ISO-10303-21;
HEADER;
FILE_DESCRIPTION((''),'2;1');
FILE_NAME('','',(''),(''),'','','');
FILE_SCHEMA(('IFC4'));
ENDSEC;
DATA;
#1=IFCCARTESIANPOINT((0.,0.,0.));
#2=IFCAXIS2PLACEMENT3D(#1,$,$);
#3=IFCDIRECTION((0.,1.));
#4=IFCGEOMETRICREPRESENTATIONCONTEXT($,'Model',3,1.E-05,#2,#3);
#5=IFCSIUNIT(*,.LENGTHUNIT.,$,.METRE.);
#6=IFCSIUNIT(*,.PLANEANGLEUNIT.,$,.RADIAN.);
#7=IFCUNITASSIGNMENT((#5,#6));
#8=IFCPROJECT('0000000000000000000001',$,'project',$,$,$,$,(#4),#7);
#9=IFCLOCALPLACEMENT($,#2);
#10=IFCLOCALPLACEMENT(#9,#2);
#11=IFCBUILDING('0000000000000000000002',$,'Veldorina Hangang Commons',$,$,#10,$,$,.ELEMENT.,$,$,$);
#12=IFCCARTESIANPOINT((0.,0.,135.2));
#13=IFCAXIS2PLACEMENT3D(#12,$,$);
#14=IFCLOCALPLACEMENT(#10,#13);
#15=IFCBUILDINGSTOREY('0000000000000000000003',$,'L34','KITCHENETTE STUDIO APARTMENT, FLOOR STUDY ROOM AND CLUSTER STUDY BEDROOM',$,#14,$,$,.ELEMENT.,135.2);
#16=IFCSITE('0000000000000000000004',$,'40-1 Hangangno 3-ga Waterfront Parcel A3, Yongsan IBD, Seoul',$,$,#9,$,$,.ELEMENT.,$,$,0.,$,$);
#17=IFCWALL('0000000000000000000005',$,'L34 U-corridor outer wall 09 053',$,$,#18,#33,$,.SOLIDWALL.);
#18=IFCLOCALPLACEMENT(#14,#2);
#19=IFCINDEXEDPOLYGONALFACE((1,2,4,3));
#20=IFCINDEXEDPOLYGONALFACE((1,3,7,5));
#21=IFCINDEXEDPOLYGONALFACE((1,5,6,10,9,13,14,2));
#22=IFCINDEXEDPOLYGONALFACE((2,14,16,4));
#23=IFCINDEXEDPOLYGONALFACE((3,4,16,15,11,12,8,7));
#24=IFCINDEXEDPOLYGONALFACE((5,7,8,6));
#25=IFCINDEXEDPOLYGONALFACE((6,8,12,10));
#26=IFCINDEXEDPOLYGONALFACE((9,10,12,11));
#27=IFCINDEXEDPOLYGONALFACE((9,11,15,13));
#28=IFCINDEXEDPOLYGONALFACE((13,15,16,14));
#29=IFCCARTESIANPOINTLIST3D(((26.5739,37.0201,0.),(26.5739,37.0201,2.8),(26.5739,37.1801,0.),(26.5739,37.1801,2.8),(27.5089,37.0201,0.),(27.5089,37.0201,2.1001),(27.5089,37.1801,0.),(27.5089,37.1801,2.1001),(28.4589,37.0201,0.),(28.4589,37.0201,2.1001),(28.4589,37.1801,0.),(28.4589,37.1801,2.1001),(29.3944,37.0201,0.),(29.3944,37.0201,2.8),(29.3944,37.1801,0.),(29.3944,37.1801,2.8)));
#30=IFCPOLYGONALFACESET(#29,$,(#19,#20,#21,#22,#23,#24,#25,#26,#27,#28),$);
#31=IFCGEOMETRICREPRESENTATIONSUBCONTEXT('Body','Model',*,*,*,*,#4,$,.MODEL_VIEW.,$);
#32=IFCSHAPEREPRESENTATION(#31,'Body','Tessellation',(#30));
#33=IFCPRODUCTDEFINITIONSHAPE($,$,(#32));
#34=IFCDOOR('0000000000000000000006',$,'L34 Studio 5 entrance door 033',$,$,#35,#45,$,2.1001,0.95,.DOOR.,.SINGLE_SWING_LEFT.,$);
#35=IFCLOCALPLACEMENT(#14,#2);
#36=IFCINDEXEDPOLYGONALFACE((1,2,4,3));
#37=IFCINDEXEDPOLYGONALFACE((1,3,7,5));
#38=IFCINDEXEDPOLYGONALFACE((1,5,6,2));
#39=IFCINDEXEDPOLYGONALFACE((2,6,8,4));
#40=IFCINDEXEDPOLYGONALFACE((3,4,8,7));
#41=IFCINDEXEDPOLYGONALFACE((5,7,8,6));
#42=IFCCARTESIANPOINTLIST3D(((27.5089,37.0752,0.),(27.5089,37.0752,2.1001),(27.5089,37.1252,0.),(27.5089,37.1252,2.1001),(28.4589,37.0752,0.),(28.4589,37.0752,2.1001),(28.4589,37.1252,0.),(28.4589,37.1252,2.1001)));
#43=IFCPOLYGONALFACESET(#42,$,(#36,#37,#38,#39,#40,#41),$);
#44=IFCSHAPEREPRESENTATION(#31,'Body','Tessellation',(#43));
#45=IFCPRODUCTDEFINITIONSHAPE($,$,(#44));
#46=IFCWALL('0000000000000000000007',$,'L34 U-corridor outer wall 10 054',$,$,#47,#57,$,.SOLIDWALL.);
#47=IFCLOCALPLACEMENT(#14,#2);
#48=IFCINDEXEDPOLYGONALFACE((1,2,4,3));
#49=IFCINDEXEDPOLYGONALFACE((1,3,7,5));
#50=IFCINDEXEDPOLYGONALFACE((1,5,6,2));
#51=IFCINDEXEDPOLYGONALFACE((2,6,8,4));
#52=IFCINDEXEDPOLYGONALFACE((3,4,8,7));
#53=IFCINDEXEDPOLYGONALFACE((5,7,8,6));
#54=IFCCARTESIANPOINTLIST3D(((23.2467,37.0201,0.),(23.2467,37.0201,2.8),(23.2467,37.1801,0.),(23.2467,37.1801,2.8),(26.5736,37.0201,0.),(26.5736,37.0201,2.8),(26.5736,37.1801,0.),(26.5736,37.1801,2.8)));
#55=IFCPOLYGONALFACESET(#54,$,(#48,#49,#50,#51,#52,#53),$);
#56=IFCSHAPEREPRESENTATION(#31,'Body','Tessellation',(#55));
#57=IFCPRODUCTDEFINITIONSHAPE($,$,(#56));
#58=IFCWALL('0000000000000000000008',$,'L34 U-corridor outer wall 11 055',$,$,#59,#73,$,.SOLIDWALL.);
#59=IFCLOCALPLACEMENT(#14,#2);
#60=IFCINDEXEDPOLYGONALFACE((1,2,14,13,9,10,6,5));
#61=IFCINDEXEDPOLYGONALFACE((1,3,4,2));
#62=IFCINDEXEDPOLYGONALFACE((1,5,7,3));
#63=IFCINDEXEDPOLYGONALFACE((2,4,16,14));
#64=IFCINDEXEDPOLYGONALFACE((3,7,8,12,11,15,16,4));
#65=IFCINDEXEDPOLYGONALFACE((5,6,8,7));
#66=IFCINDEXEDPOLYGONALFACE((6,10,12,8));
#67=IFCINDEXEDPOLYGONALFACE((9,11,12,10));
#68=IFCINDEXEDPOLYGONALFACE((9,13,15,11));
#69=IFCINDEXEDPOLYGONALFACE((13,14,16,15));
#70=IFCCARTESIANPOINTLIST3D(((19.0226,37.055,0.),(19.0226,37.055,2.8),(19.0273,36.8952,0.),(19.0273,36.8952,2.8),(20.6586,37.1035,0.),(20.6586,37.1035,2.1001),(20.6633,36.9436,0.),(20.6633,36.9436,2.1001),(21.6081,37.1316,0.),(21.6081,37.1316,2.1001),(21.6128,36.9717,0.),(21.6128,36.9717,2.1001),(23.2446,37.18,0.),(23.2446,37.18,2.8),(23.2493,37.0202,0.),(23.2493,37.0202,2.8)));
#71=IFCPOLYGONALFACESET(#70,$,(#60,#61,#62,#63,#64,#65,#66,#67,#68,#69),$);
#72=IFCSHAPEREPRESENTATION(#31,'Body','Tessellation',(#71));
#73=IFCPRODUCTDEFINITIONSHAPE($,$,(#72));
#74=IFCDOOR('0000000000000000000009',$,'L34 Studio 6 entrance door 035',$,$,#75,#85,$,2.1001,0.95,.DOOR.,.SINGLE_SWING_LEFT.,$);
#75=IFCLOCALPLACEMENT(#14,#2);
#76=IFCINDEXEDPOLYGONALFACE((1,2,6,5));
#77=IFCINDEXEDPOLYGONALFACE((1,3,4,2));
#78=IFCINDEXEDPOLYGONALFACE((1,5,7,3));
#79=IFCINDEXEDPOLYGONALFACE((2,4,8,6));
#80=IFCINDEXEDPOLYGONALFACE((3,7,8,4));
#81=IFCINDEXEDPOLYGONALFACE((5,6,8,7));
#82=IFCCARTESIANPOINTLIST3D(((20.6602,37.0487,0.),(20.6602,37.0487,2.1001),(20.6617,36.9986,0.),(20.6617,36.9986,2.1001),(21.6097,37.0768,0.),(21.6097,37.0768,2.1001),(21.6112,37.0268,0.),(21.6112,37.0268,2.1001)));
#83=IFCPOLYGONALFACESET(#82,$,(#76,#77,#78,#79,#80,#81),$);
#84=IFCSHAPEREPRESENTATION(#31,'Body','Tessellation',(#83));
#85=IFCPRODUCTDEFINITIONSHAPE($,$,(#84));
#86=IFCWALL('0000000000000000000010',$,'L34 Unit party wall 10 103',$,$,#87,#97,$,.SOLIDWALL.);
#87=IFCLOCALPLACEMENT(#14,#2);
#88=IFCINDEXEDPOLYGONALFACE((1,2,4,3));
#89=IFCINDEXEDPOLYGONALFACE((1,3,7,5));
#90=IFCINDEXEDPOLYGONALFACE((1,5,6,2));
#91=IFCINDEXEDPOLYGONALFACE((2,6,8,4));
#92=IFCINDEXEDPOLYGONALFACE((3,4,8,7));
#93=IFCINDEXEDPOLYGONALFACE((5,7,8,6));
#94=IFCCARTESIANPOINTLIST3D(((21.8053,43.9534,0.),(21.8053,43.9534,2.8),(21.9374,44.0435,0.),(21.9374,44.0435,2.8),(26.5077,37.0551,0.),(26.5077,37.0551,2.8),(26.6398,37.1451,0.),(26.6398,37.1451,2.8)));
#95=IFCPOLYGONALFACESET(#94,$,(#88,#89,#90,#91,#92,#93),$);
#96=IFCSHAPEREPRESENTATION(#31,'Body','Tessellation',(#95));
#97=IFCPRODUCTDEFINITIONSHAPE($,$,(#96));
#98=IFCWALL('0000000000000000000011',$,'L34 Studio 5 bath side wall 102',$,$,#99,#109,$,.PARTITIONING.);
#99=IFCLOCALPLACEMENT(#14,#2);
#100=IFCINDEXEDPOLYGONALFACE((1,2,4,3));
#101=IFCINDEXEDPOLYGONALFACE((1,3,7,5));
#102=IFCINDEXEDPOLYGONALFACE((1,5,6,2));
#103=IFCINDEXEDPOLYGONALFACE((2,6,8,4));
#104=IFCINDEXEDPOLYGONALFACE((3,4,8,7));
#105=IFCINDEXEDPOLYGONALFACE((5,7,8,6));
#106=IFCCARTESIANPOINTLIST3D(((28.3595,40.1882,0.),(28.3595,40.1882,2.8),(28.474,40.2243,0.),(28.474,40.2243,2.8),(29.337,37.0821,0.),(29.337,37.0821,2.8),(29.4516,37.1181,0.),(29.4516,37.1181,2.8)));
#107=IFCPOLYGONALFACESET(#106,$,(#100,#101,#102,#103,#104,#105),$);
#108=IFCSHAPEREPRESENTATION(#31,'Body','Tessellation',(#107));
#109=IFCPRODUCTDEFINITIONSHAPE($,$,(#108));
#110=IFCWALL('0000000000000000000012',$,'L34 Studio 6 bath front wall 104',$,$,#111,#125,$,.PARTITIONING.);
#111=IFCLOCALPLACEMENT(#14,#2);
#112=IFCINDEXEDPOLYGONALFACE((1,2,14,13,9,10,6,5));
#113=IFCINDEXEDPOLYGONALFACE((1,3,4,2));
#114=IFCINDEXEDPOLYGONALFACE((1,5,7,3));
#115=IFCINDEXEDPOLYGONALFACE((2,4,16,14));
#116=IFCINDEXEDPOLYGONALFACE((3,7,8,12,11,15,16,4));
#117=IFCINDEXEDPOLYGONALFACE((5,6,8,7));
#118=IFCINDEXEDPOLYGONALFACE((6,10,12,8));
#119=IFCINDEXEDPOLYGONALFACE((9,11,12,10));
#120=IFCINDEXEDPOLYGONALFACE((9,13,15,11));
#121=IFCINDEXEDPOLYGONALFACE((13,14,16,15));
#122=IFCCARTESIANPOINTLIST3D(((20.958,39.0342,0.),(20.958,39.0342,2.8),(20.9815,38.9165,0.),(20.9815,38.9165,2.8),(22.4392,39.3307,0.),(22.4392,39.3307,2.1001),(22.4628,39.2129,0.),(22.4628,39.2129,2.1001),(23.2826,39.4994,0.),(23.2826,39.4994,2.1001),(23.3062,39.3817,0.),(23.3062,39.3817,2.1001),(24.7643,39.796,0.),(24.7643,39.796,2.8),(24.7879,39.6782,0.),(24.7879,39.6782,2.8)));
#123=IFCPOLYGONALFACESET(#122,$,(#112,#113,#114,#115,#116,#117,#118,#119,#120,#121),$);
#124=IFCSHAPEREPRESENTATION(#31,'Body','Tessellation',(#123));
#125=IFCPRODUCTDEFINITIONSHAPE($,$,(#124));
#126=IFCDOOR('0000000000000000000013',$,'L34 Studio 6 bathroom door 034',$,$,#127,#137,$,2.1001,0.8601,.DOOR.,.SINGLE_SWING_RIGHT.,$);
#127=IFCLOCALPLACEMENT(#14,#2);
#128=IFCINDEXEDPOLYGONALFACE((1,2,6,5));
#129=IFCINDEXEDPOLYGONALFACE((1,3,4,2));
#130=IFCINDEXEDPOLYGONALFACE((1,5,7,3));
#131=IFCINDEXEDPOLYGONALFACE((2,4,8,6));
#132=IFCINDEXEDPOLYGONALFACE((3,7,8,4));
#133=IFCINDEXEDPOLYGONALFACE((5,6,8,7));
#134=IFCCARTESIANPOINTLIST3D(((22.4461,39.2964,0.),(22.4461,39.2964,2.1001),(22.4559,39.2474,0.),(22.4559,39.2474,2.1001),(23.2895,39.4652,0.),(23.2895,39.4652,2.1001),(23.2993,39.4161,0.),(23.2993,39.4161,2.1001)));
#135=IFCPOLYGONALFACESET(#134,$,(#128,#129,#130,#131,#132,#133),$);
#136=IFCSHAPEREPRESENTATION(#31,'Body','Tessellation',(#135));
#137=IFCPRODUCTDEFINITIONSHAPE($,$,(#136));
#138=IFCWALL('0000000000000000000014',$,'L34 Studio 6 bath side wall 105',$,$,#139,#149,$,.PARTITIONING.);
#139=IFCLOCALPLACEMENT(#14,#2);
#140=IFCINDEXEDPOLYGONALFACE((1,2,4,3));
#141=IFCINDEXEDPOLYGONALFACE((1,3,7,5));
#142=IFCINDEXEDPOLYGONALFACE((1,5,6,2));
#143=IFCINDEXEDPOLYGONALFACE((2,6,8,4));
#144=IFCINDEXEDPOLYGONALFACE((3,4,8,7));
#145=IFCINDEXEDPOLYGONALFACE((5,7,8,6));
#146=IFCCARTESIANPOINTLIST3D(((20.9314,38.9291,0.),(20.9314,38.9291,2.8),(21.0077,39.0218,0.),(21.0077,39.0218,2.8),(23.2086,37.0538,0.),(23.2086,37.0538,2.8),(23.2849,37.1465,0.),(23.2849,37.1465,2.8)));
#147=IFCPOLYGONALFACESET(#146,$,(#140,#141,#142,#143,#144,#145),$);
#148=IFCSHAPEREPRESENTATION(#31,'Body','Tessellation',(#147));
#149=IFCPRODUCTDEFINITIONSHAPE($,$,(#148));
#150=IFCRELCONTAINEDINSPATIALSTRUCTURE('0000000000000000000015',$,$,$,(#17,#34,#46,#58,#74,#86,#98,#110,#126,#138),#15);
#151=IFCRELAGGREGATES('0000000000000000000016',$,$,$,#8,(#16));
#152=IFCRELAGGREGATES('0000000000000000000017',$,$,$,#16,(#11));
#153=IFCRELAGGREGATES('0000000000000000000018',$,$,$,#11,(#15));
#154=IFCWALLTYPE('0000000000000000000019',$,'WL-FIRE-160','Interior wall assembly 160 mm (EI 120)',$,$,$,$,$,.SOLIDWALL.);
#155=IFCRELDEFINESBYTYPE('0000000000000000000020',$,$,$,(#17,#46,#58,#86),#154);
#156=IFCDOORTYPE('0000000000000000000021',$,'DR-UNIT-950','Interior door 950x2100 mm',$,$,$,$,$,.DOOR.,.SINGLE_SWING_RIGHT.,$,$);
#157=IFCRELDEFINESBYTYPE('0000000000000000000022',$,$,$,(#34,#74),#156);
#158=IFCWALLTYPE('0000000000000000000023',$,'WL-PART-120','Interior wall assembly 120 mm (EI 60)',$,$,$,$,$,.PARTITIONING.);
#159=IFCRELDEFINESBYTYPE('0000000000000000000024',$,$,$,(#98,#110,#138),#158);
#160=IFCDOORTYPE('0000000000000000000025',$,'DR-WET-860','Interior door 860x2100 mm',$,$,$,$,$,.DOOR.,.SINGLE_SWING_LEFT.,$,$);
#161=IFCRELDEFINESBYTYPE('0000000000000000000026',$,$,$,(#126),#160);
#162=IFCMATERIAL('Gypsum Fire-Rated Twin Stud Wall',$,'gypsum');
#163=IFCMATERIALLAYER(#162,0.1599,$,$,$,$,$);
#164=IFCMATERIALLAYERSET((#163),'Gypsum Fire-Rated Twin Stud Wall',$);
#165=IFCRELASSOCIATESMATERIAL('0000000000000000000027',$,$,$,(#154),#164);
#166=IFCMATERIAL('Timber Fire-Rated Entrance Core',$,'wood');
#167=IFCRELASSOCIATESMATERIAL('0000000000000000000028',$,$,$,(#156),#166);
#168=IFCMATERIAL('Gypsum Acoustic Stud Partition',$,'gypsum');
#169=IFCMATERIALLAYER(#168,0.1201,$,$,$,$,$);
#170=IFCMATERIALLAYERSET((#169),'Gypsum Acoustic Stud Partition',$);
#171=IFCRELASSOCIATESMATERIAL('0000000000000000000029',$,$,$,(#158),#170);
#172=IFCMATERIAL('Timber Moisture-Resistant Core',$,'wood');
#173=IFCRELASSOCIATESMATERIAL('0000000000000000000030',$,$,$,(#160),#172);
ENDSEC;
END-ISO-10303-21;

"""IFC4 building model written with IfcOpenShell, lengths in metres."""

from ifc_helpers import new_model, si_unit, direction, frame, frame_2d, origin, place, context, subcontext, project, spatial, rectangle, extrude, material, layer, layer_set, type_object, element, fill, save


model = new_model("IFC4")

# Units and contexts
model_context = context("Model", 3, precision=1e-05, world=origin(), true_north=direction((0.0, 1.0)))
body_context = subcontext(model_context, "Body", "Model", "MODEL_VIEW")
ifc_project = project(units=[si_unit("LENGTHUNIT", "METRE"), si_unit("PLANEANGLEUNIT", "RADIAN")], contexts=[model_context])

# Site, building, storey
site_placement = place(None, origin())
site = spatial("IfcSite", under=ifc_project, at=site_placement, Name="40-1 Hangangno 3-ga Waterfront Parcel A3, Yongsan IBD, Seoul", CompositionType="ELEMENT", RefElevation=0.0)
building_placement = place(site_placement, origin())
building = spatial("IfcBuilding", under=site, at=building_placement, Name="Veldorina Hangang Commons", CompositionType="ELEMENT")
storey_placement = place(building_placement, frame((0.0, 0.0, 135.2)))
storey = spatial("IfcBuildingStorey", under=building, at=storey_placement, Name="L34", Description="KITCHENETTE STUDIO APARTMENT, FLOOR STUDY ROOM AND CLUSTER STUDY BEDROOM", CompositionType="ELEMENT", Elevation=135.2)

# Shared definitions
ifc_material_1 = material(Name="Gypsum Fire-Rated Twin Stud Wall", Category="gypsum")
ifc_layer_1 = layer(ifc_material_1, 0.1599)
ifc_layer_set_1 = layer_set([ifc_layer_1], Name="Gypsum Fire-Rated Twin Stud Wall")
wall_type_1 = type_object("IfcWallType", Name="WL-FIRE-160", Description="Interior wall assembly 160 mm (EI 120)", PredefinedType="SOLIDWALL", material=ifc_layer_set_1)

# Wall, opening, door
wall_1_placement = place(storey_placement, frame((29.3943, 37.1001, 0.0), z_axis=(0.0, 0.0, 1.0), x_axis=(-1.0, 0.0, 0.0)))
wall_1 = element("IfcWall", 1, at=wall_1_placement, inside=storey, type_object=wall_type_1, Name="L34 U-corridor outer wall 09 053", PredefinedType="SOLIDWALL", context=body_context, shape_type="SweptSolid", body=[
    extrude(rectangle(XDim=2.8206, YDim=0.1599, at=frame_2d((1.4102, 0.0))), origin(), (0.0, 0.0, 1.0), 2.8),
])
opening_1_placement = place(wall_1_placement, frame((0.9353, 0.0, 0.0)))
opening_1 = element("IfcOpeningElement", 2, at=opening_1_placement, cuts=wall_1, PredefinedType="OPENING", context=body_context, shape_type="SweptSolid", body=[
    extrude(rectangle(XDim=0.95, YDim=2.1001, at=frame_2d((0.4751, 1.05))), frame((0.0, 0.0898, 0.0), z_axis=(0.0, -1.0, 0.0), x_axis=(1.0, 0.0, 0.0)), (0.0, 0.0, 1.0), 0.1799),
])
ifc_material_2 = material(Name="Timber Fire-Rated Entrance Core", Category="wood")
door_type_1 = type_object("IfcDoorType", Name="DR-UNIT-950", Description="Interior door 950x2100 mm", OperationType="SINGLE_SWING_RIGHT", PredefinedType="DOOR", material=ifc_material_2)
door_1_placement = place(opening_1_placement, origin())
door_1 = element("IfcDoor", 3, at=door_1_placement, inside=storey, type_object=door_type_1, Name="L34 Studio 5 entrance door 033", OperationType="SINGLE_SWING_LEFT", OverallHeight=2.1001, OverallWidth=0.95, PredefinedType="DOOR", context=body_context, shape_type="SweptSolid", body=[
    extrude(rectangle(XDim=0.95, YDim=2.1001, at=frame_2d((0.4751, 1.05))), frame((0.0, 0.0249, 0.0), z_axis=(0.0, -1.0, 0.0), x_axis=(1.0, 0.0, 0.0)), (0.0, 0.0, 1.0), 0.05),
])
fill(opening_1, door_1)

# Wall
wall_2_placement = place(storey_placement, frame((26.5737, 37.1001, 0.0), z_axis=(0.0, 0.0, 1.0), x_axis=(-1.0, 0.0, 0.0)))
element("IfcWall", 4, at=wall_2_placement, inside=storey, type_object=wall_type_1, Name="L34 U-corridor outer wall 10 054", PredefinedType="SOLIDWALL", context=body_context, shape_type="SweptSolid", body=[
    extrude(rectangle(XDim=3.3269, YDim=0.1599, at=frame_2d((1.6636, 0.0))), origin(), (0.0, 0.0, 1.0), 2.8),
])

# Wall, opening, door
wall_3_placement = place(storey_placement, frame((23.2468, 37.1001, 0.0), z_axis=(0.0, 0.0, 1.0), x_axis=(-0.999562, -0.029594, 0.0)))
wall_3 = element("IfcWall", 5, at=wall_3_placement, inside=storey, type_object=wall_type_1, Name="L34 U-corridor outer wall 11 055", PredefinedType="SOLIDWALL", context=body_context, shape_type="SweptSolid", body=[
    extrude(rectangle(XDim=4.2239, YDim=0.1599, at=frame_2d((2.1118, 0.0))), origin(), (0.0, 0.0, 1.0), 2.8),
])
opening_2_placement = place(wall_3_placement, frame((1.637, 0.0, 0.0)))
opening_2 = element("IfcOpeningElement", 6, at=opening_2_placement, cuts=wall_3, PredefinedType="OPENING", context=body_context, shape_type="SweptSolid", body=[
    extrude(rectangle(XDim=0.95, YDim=2.1001, at=frame_2d((0.4751, 1.05))), frame((0.0, 0.0898, 0.0), z_axis=(0.0, -1.0, 0.0), x_axis=(1.0, 0.0, 0.0)), (0.0, 0.0, 1.0), 0.1799),
])
door_2_placement = place(opening_2_placement, origin())
door_2 = element("IfcDoor", 7, at=door_2_placement, inside=storey, type_object=door_type_1, Name="L34 Studio 6 entrance door 035", OperationType="SINGLE_SWING_LEFT", OverallHeight=2.1001, OverallWidth=0.95, PredefinedType="DOOR", context=body_context, shape_type="SweptSolid", body=[
    extrude(rectangle(XDim=0.95, YDim=2.1001, at=frame_2d((0.4751, 1.05))), frame((0.0, 0.0249, 0.0), z_axis=(0.0, -1.0, 0.0), x_axis=(1.0, 0.0, 0.0)), (0.0, 0.0, 1.0), 0.05),
])
fill(opening_2, door_2)

# Walls
wall_4_placement = place(storey_placement, frame((26.5737, 37.1001, 0.0), z_axis=(0.0, 0.0, 1.0), x_axis=(-0.563248, 0.826288, 0.0)))
element("IfcWall", 8, at=wall_4_placement, inside=storey, type_object=wall_type_1, Name="L34 Unit party wall 10 103", PredefinedType="SOLIDWALL", context=body_context, shape_type="SweptSolid", body=[
    extrude(rectangle(XDim=8.3486, YDim=0.1599, at=frame_2d((4.1743, 0.0))), origin(), (0.0, 0.0, 1.0), 2.8),
])
ifc_material_3 = material(Name="Gypsum Acoustic Stud Partition", Category="gypsum")
ifc_layer_2 = layer(ifc_material_3, 0.1201)
ifc_layer_set_2 = layer_set([ifc_layer_2], Name="Gypsum Acoustic Stud Partition")
wall_type_2 = type_object("IfcWallType", Name="WL-PART-120", Description="Interior wall assembly 120 mm (EI 60)", PredefinedType="PARTITIONING", material=ifc_layer_set_2)
wall_5_placement = place(storey_placement, frame((29.3943, 37.1001, 0.0), z_axis=(0.0, 0.0, 1.0), x_axis=(-0.300191, 0.953879, 0.0)))
element("IfcWall", 9, at=wall_5_placement, inside=storey, type_object=wall_type_2, Name="L34 Studio 5 bath side wall 102", PredefinedType="PARTITIONING", context=body_context, shape_type="SweptSolid", body=[
    extrude(rectangle(XDim=3.2563, YDim=0.1201, at=frame_2d((1.6282, 0.0))), origin(), (0.0, 0.0, 1.0), 2.8),
])

# Wall, opening, door
wall_6_placement = place(storey_placement, frame((24.7761, 39.7371, 0.0), z_axis=(0.0, 0.0, 1.0), x_axis=(-0.980559, -0.196225, 0.0)))
wall_6 = element("IfcWall", 10, at=wall_6_placement, inside=storey, type_object=wall_type_2, Name="L34 Studio 6 bath front wall 104", PredefinedType="PARTITIONING", context=body_context, shape_type="SweptSolid", body=[
    extrude(rectangle(XDim=3.8818, YDim=0.1201, at=frame_2d((1.9409, 0.0))), origin(), (0.0, 0.0, 1.0), 2.8),
])
opening_3_placement = place(wall_6_placement, frame((1.511, 0.0, 0.0)))
opening_3 = element("IfcOpeningElement", 11, at=opening_3_placement, cuts=wall_6, PredefinedType="OPENING", context=body_context, shape_type="SweptSolid", body=[
    extrude(rectangle(XDim=0.8601, YDim=2.1001, at=frame_2d((0.4302, 1.05))), frame((0.0, 0.0701, 0.0), z_axis=(0.0, -1.0, 0.0), x_axis=(1.0, 0.0, 0.0)), (0.0, 0.0, 1.0), 0.1401),
])
ifc_material_4 = material(Name="Timber Moisture-Resistant Core", Category="wood")
door_type_2 = type_object("IfcDoorType", Name="DR-WET-860", Description="Interior door 860x2100 mm", OperationType="SINGLE_SWING_LEFT", PredefinedType="DOOR", material=ifc_material_4)
door_3_placement = place(opening_3_placement, origin())
door_3 = element("IfcDoor", 12, at=door_3_placement, inside=storey, type_object=door_type_2, Name="L34 Studio 6 bathroom door 034", OperationType="SINGLE_SWING_RIGHT", OverallHeight=2.1001, OverallWidth=0.8601, PredefinedType="DOOR", context=body_context, shape_type="SweptSolid", body=[
    extrude(rectangle(XDim=0.8601, YDim=2.1001, at=frame_2d((0.4302, 1.05))), frame((0.0, 0.0249, 0.0), z_axis=(0.0, -1.0, 0.0), x_axis=(1.0, 0.0, 0.0)), (0.0, 0.0, 1.0), 0.05),
])
fill(opening_3, door_3)

# Wall
wall_7_placement = place(storey_placement, frame((23.2468, 37.1001, 0.0), z_axis=(0.0, 0.0, 1.0), x_axis=(-0.771933, 0.635704, 0.0)))
element("IfcWall", 13, at=wall_7_placement, inside=storey, type_object=wall_type_2, Name="L34 Studio 6 bath side wall 105", PredefinedType="PARTITIONING", context=body_context, shape_type="SweptSolid", body=[
    extrude(rectangle(XDim=2.95, YDim=0.1201, at=frame_2d((1.4751, 0.0))), origin(), (0.0, 0.0, 1.0), 2.8),
])

save(model, "model.ifc")
